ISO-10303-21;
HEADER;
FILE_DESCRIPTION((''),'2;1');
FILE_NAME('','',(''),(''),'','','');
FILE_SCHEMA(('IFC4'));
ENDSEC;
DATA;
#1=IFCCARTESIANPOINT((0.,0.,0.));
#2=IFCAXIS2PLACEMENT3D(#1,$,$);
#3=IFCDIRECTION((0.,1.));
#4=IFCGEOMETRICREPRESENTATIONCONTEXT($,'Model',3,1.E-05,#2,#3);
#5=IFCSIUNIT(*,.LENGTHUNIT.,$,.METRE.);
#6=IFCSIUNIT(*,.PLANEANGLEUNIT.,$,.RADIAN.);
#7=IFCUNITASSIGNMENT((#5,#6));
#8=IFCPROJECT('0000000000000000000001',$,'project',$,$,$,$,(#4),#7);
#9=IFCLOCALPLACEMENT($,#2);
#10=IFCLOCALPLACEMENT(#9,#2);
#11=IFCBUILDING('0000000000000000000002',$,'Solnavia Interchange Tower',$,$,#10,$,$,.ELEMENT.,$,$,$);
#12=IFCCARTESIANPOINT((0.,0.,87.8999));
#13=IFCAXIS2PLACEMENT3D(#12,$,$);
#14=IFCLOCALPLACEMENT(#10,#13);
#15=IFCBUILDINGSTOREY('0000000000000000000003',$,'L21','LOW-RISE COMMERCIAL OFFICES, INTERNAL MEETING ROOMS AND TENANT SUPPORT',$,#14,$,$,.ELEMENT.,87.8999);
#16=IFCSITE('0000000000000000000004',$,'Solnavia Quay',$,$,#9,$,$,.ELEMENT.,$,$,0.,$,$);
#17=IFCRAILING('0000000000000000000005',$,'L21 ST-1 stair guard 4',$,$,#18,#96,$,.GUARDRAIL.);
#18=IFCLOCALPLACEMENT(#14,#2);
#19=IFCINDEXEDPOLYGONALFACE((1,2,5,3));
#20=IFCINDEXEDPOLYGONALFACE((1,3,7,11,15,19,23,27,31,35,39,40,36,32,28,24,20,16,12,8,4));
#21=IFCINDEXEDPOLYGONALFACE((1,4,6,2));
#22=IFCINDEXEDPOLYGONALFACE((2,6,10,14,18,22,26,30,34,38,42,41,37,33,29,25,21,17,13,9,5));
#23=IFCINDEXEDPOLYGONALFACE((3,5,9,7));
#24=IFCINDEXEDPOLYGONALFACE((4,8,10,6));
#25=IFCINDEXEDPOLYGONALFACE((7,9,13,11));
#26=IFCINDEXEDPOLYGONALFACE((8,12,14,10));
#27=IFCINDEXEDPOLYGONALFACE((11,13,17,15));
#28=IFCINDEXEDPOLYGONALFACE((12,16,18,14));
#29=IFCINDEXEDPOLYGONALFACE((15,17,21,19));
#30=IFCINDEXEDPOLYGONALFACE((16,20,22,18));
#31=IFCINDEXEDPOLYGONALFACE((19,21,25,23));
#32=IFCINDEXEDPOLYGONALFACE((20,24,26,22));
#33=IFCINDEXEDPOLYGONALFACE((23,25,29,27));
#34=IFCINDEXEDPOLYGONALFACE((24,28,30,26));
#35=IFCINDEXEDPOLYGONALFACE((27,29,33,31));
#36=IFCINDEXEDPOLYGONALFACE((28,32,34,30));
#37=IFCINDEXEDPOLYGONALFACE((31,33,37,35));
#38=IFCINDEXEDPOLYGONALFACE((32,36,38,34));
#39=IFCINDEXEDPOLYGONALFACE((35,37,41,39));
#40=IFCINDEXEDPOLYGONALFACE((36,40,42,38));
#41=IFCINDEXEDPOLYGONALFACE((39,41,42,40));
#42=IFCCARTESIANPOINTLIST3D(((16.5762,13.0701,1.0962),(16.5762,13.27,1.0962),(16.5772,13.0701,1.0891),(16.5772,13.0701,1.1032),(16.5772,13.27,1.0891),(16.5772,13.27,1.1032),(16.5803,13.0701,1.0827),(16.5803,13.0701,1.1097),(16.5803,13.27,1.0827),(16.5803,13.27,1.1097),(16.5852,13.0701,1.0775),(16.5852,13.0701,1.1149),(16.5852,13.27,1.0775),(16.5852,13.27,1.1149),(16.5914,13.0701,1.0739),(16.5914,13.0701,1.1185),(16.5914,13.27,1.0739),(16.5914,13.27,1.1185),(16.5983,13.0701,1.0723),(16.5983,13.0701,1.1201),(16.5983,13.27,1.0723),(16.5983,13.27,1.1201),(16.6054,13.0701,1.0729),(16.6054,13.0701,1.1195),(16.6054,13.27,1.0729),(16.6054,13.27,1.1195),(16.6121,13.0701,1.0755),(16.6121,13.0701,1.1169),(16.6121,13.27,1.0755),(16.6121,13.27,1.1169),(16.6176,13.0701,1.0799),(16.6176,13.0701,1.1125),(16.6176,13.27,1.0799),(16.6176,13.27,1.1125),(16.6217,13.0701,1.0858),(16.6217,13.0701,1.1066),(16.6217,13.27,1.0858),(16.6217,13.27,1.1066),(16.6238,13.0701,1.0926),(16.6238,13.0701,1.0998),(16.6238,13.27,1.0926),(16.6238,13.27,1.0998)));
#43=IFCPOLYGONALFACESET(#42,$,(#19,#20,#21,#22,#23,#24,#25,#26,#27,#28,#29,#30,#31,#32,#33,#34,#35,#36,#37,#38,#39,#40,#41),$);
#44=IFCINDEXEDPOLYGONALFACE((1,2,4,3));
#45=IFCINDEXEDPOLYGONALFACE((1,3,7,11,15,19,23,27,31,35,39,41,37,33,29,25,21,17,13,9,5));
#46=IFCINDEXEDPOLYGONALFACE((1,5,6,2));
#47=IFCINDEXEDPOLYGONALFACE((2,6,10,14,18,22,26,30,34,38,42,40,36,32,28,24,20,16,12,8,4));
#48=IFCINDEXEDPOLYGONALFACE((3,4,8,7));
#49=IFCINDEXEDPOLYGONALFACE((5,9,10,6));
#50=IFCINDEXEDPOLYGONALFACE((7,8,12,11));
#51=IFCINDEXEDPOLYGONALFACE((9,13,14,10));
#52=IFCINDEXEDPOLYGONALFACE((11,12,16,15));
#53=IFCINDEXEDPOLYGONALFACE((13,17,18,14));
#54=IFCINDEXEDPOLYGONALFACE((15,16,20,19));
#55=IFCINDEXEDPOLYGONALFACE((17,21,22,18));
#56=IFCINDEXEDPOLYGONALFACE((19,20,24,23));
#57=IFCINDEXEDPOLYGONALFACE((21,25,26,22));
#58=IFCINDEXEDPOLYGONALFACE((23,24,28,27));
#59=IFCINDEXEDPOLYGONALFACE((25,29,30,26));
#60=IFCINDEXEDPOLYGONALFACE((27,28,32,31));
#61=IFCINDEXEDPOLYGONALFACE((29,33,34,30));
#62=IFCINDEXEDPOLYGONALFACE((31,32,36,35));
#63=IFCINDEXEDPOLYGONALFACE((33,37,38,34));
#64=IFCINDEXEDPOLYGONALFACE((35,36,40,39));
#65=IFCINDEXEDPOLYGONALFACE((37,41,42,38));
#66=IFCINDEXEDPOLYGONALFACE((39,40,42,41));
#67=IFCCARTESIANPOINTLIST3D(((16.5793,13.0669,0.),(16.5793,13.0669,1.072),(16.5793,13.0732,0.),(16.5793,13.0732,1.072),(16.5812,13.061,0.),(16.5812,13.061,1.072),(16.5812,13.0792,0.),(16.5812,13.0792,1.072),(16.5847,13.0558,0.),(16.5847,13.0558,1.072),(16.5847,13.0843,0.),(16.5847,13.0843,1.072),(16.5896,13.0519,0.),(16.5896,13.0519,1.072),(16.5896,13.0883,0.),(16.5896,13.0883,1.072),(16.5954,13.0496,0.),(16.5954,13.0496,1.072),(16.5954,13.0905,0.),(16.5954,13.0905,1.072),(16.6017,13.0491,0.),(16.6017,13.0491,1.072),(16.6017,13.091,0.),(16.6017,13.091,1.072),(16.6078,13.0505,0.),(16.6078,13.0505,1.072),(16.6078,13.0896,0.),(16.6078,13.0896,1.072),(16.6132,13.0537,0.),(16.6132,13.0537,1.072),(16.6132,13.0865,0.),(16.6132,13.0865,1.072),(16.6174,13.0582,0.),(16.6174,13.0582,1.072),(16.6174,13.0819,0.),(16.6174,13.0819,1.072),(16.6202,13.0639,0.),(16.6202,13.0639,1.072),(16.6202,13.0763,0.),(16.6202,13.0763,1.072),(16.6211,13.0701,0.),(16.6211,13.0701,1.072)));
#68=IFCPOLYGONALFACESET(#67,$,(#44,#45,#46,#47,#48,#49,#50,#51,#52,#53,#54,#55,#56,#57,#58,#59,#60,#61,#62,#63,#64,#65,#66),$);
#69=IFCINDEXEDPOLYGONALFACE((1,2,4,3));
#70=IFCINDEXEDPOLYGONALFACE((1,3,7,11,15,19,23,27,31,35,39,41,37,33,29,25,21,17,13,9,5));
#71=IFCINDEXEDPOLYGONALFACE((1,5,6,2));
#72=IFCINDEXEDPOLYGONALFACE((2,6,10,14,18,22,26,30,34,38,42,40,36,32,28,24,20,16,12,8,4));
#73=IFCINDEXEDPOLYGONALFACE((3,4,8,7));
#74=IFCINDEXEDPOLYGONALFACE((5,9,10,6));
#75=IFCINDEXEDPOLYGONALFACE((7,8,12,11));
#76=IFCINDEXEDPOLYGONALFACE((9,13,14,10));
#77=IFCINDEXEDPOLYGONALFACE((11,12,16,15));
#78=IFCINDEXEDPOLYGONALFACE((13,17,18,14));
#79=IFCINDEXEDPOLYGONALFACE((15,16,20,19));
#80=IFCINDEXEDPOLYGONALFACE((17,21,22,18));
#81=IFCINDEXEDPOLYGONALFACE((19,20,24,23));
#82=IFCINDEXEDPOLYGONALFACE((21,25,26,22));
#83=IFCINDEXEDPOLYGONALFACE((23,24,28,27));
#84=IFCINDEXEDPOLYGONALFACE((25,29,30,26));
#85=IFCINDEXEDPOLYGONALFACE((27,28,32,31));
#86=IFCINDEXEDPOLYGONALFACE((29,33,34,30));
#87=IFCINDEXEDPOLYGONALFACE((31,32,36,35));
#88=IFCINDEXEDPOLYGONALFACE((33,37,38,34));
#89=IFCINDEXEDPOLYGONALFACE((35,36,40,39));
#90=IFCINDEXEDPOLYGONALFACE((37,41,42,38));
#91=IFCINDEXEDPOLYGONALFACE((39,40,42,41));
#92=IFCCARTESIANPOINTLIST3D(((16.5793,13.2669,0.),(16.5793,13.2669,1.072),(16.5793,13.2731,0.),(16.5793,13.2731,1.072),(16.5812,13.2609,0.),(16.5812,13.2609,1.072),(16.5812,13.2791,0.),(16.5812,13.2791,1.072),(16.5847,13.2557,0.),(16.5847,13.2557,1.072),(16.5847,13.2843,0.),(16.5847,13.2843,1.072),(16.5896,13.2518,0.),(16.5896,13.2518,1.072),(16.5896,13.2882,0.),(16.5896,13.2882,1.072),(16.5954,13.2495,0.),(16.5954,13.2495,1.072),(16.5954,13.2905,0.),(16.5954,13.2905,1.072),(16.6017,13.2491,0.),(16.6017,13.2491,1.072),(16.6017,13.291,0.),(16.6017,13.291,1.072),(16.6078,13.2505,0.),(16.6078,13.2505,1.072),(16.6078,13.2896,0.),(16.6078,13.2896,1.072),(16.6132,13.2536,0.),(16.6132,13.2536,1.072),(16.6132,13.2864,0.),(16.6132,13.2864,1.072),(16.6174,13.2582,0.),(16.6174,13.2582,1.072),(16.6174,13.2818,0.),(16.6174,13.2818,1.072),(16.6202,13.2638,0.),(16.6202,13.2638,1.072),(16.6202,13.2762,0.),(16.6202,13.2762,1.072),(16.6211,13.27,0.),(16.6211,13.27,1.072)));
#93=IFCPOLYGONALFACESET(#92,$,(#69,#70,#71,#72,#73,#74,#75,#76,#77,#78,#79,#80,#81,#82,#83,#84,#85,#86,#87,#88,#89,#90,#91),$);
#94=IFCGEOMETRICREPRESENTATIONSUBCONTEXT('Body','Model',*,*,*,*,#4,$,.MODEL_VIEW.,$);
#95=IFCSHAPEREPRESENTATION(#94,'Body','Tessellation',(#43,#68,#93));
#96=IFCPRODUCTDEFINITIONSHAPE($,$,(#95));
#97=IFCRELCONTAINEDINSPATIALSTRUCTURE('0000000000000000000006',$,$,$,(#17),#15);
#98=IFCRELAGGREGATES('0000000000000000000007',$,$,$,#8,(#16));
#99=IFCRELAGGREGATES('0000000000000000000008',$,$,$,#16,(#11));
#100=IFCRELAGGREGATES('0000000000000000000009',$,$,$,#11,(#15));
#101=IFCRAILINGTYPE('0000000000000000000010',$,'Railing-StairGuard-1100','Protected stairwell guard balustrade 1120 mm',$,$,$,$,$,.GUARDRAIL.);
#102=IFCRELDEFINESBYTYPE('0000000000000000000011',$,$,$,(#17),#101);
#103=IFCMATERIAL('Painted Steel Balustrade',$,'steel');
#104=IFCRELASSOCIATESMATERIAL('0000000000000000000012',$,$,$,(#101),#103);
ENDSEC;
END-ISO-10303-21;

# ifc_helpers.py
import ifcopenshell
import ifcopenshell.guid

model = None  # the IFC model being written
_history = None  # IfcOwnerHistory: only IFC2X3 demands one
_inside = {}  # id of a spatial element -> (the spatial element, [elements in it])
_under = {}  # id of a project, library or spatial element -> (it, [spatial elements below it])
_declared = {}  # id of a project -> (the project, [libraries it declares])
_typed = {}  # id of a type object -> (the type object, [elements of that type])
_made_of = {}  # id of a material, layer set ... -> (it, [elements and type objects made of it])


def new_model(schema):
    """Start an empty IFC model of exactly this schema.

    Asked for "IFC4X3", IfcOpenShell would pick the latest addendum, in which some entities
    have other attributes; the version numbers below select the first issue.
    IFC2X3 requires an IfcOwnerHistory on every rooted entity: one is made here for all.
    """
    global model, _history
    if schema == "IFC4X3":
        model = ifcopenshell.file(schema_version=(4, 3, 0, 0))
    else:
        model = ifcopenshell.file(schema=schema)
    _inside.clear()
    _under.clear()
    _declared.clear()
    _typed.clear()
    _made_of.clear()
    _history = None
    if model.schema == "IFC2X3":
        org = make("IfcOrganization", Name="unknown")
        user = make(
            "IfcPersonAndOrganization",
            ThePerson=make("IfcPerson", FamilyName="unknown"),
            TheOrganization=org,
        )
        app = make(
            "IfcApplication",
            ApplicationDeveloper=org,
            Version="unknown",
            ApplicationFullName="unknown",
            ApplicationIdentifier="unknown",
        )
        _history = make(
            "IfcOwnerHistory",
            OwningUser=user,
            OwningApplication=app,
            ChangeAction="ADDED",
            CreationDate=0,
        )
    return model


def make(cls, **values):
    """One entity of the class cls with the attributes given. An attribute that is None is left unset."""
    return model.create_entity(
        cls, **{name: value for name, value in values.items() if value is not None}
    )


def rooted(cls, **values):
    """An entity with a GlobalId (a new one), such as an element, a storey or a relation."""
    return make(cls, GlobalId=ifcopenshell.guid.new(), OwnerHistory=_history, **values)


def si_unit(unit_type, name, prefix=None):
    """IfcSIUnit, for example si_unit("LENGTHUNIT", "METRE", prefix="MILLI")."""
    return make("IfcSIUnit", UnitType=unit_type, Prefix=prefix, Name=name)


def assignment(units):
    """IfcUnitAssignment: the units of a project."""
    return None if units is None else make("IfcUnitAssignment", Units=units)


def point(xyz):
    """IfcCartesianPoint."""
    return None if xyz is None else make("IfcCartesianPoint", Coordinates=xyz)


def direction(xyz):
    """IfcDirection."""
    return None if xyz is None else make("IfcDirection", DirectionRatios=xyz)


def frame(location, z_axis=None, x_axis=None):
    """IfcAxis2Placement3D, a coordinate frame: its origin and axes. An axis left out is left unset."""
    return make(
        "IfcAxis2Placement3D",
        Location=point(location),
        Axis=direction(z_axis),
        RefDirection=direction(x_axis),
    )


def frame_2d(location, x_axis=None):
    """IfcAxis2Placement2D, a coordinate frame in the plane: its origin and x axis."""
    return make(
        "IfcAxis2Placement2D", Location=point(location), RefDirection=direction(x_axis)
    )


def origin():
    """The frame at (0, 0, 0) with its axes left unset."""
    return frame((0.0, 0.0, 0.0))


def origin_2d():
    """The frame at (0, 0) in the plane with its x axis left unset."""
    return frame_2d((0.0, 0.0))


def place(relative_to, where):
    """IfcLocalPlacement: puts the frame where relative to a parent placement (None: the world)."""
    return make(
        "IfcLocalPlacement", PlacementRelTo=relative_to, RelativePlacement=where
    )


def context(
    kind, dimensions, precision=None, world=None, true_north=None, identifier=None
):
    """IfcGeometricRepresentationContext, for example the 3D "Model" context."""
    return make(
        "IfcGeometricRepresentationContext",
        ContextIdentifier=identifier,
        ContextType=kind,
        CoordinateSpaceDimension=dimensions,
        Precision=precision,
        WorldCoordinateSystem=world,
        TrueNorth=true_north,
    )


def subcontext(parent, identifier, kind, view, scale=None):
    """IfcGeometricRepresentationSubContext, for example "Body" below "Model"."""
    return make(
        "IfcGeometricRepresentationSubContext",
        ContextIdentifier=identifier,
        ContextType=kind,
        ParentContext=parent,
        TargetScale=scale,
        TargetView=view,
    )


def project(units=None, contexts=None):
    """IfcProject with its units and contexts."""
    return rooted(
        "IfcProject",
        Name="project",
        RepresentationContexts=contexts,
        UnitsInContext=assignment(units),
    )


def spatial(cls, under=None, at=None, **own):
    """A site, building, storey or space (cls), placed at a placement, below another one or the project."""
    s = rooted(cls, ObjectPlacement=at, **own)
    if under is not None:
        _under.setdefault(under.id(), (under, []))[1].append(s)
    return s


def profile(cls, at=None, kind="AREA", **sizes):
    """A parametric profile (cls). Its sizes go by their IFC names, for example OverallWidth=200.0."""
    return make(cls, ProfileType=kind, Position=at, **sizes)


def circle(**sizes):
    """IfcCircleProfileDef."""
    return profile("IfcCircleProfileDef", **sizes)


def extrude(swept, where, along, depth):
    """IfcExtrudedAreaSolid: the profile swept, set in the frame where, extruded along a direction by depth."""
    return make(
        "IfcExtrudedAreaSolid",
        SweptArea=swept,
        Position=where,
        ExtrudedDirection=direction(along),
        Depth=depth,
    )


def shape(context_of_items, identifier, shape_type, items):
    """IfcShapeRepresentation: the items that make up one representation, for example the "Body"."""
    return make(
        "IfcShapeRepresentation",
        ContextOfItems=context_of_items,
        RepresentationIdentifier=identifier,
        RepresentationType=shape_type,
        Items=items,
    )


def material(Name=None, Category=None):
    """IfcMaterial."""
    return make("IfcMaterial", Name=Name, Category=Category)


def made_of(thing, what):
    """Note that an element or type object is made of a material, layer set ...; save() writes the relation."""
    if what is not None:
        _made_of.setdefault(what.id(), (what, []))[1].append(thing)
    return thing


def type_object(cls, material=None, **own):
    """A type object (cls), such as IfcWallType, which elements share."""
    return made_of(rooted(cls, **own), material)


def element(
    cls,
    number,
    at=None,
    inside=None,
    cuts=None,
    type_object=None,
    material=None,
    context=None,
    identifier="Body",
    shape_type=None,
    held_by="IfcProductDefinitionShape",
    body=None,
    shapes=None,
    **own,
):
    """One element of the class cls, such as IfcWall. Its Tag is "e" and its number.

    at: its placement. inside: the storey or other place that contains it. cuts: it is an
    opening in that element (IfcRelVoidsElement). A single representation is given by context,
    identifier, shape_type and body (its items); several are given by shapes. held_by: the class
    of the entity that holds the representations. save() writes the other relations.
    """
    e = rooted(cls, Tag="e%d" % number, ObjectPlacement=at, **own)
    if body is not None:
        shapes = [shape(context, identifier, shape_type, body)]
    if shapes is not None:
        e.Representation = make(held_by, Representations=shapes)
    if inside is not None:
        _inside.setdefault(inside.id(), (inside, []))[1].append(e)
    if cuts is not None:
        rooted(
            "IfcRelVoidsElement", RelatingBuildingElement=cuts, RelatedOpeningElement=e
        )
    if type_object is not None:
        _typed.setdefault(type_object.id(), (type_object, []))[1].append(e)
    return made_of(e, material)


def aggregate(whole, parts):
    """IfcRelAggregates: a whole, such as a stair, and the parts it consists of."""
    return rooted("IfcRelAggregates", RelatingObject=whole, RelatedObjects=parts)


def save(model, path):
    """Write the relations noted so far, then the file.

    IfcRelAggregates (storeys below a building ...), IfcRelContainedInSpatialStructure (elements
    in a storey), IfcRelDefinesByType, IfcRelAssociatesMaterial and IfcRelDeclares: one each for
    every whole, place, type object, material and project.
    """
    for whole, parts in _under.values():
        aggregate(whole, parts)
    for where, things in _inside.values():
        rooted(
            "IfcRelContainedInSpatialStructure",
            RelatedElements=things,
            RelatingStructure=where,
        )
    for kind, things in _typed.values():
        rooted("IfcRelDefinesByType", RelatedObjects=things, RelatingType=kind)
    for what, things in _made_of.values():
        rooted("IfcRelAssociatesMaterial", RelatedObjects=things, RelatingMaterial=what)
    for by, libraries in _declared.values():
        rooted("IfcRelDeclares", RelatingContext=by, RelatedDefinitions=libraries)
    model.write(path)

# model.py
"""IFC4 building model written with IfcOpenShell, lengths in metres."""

from ifc_helpers import new_model, si_unit, direction, frame, origin, origin_2d, place, context, subcontext, project, spatial, circle, extrude, material, type_object, element, save


model = new_model("IFC4")

# Units and contexts
model_context = context("Model", 3, precision=1e-05, world=origin(), true_north=direction((0.0, 1.0)))
body_context = subcontext(model_context, "Body", "Model", "MODEL_VIEW")
ifc_project = project(units=[si_unit("LENGTHUNIT", "METRE"), si_unit("PLANEANGLEUNIT", "RADIAN")], contexts=[model_context])

# Site, building, storey
site_placement = place(None, origin())
site = spatial("IfcSite", under=ifc_project, at=site_placement, Name="Solnavia Quay", CompositionType="ELEMENT", RefElevation=0.0)
building_placement = place(site_placement, origin())
building = spatial("IfcBuilding", under=site, at=building_placement, Name="Solnavia Interchange Tower", CompositionType="ELEMENT")
storey_placement = place(building_placement, frame((0.0, 0.0, 87.8999)))
storey = spatial("IfcBuildingStorey", under=building, at=storey_placement, Name="L21", Description="LOW-RISE COMMERCIAL OFFICES, INTERNAL MEETING ROOMS AND TENANT SUPPORT", CompositionType="ELEMENT", Elevation=87.8999)

# Railing
ifc_material_1 = material(Name="Painted Steel Balustrade", Category="steel")
railing_type_1 = type_object("IfcRailingType", Name="Railing-StairGuard-1100", Description="Protected stairwell guard balustrade 1120 mm", PredefinedType="GUARDRAIL", material=ifc_material_1)
railing_1_placement = place(storey_placement, frame((16.6001, 13.0701, 0.0)))
element("IfcRailing", 1, at=railing_1_placement, inside=storey, type_object=railing_type_1, Name="L21 ST-1 stair guard 4", PredefinedType="GUARDRAIL", context=body_context, shape_type="SweptSolid", body=[
    extrude(circle(Radius=0.0239, at=origin_2d()), frame((0.0, 0.0, 1.0962), z_axis=(0.0, 1.0, 0.0), x_axis=(-1.0, 0.0, 0.0)), (0.0, 0.0, 1.0), 0.2),
    extrude(circle(Radius=0.021, at=origin_2d()), origin(), (0.0, 0.0, 1.0), 1.072),
    extrude(circle(Radius=0.021, at=origin_2d()), frame((0.0, 0.2, 0.0)), (0.0, 0.0, 1.0), 1.072),
])

save(model, "model.ifc")
